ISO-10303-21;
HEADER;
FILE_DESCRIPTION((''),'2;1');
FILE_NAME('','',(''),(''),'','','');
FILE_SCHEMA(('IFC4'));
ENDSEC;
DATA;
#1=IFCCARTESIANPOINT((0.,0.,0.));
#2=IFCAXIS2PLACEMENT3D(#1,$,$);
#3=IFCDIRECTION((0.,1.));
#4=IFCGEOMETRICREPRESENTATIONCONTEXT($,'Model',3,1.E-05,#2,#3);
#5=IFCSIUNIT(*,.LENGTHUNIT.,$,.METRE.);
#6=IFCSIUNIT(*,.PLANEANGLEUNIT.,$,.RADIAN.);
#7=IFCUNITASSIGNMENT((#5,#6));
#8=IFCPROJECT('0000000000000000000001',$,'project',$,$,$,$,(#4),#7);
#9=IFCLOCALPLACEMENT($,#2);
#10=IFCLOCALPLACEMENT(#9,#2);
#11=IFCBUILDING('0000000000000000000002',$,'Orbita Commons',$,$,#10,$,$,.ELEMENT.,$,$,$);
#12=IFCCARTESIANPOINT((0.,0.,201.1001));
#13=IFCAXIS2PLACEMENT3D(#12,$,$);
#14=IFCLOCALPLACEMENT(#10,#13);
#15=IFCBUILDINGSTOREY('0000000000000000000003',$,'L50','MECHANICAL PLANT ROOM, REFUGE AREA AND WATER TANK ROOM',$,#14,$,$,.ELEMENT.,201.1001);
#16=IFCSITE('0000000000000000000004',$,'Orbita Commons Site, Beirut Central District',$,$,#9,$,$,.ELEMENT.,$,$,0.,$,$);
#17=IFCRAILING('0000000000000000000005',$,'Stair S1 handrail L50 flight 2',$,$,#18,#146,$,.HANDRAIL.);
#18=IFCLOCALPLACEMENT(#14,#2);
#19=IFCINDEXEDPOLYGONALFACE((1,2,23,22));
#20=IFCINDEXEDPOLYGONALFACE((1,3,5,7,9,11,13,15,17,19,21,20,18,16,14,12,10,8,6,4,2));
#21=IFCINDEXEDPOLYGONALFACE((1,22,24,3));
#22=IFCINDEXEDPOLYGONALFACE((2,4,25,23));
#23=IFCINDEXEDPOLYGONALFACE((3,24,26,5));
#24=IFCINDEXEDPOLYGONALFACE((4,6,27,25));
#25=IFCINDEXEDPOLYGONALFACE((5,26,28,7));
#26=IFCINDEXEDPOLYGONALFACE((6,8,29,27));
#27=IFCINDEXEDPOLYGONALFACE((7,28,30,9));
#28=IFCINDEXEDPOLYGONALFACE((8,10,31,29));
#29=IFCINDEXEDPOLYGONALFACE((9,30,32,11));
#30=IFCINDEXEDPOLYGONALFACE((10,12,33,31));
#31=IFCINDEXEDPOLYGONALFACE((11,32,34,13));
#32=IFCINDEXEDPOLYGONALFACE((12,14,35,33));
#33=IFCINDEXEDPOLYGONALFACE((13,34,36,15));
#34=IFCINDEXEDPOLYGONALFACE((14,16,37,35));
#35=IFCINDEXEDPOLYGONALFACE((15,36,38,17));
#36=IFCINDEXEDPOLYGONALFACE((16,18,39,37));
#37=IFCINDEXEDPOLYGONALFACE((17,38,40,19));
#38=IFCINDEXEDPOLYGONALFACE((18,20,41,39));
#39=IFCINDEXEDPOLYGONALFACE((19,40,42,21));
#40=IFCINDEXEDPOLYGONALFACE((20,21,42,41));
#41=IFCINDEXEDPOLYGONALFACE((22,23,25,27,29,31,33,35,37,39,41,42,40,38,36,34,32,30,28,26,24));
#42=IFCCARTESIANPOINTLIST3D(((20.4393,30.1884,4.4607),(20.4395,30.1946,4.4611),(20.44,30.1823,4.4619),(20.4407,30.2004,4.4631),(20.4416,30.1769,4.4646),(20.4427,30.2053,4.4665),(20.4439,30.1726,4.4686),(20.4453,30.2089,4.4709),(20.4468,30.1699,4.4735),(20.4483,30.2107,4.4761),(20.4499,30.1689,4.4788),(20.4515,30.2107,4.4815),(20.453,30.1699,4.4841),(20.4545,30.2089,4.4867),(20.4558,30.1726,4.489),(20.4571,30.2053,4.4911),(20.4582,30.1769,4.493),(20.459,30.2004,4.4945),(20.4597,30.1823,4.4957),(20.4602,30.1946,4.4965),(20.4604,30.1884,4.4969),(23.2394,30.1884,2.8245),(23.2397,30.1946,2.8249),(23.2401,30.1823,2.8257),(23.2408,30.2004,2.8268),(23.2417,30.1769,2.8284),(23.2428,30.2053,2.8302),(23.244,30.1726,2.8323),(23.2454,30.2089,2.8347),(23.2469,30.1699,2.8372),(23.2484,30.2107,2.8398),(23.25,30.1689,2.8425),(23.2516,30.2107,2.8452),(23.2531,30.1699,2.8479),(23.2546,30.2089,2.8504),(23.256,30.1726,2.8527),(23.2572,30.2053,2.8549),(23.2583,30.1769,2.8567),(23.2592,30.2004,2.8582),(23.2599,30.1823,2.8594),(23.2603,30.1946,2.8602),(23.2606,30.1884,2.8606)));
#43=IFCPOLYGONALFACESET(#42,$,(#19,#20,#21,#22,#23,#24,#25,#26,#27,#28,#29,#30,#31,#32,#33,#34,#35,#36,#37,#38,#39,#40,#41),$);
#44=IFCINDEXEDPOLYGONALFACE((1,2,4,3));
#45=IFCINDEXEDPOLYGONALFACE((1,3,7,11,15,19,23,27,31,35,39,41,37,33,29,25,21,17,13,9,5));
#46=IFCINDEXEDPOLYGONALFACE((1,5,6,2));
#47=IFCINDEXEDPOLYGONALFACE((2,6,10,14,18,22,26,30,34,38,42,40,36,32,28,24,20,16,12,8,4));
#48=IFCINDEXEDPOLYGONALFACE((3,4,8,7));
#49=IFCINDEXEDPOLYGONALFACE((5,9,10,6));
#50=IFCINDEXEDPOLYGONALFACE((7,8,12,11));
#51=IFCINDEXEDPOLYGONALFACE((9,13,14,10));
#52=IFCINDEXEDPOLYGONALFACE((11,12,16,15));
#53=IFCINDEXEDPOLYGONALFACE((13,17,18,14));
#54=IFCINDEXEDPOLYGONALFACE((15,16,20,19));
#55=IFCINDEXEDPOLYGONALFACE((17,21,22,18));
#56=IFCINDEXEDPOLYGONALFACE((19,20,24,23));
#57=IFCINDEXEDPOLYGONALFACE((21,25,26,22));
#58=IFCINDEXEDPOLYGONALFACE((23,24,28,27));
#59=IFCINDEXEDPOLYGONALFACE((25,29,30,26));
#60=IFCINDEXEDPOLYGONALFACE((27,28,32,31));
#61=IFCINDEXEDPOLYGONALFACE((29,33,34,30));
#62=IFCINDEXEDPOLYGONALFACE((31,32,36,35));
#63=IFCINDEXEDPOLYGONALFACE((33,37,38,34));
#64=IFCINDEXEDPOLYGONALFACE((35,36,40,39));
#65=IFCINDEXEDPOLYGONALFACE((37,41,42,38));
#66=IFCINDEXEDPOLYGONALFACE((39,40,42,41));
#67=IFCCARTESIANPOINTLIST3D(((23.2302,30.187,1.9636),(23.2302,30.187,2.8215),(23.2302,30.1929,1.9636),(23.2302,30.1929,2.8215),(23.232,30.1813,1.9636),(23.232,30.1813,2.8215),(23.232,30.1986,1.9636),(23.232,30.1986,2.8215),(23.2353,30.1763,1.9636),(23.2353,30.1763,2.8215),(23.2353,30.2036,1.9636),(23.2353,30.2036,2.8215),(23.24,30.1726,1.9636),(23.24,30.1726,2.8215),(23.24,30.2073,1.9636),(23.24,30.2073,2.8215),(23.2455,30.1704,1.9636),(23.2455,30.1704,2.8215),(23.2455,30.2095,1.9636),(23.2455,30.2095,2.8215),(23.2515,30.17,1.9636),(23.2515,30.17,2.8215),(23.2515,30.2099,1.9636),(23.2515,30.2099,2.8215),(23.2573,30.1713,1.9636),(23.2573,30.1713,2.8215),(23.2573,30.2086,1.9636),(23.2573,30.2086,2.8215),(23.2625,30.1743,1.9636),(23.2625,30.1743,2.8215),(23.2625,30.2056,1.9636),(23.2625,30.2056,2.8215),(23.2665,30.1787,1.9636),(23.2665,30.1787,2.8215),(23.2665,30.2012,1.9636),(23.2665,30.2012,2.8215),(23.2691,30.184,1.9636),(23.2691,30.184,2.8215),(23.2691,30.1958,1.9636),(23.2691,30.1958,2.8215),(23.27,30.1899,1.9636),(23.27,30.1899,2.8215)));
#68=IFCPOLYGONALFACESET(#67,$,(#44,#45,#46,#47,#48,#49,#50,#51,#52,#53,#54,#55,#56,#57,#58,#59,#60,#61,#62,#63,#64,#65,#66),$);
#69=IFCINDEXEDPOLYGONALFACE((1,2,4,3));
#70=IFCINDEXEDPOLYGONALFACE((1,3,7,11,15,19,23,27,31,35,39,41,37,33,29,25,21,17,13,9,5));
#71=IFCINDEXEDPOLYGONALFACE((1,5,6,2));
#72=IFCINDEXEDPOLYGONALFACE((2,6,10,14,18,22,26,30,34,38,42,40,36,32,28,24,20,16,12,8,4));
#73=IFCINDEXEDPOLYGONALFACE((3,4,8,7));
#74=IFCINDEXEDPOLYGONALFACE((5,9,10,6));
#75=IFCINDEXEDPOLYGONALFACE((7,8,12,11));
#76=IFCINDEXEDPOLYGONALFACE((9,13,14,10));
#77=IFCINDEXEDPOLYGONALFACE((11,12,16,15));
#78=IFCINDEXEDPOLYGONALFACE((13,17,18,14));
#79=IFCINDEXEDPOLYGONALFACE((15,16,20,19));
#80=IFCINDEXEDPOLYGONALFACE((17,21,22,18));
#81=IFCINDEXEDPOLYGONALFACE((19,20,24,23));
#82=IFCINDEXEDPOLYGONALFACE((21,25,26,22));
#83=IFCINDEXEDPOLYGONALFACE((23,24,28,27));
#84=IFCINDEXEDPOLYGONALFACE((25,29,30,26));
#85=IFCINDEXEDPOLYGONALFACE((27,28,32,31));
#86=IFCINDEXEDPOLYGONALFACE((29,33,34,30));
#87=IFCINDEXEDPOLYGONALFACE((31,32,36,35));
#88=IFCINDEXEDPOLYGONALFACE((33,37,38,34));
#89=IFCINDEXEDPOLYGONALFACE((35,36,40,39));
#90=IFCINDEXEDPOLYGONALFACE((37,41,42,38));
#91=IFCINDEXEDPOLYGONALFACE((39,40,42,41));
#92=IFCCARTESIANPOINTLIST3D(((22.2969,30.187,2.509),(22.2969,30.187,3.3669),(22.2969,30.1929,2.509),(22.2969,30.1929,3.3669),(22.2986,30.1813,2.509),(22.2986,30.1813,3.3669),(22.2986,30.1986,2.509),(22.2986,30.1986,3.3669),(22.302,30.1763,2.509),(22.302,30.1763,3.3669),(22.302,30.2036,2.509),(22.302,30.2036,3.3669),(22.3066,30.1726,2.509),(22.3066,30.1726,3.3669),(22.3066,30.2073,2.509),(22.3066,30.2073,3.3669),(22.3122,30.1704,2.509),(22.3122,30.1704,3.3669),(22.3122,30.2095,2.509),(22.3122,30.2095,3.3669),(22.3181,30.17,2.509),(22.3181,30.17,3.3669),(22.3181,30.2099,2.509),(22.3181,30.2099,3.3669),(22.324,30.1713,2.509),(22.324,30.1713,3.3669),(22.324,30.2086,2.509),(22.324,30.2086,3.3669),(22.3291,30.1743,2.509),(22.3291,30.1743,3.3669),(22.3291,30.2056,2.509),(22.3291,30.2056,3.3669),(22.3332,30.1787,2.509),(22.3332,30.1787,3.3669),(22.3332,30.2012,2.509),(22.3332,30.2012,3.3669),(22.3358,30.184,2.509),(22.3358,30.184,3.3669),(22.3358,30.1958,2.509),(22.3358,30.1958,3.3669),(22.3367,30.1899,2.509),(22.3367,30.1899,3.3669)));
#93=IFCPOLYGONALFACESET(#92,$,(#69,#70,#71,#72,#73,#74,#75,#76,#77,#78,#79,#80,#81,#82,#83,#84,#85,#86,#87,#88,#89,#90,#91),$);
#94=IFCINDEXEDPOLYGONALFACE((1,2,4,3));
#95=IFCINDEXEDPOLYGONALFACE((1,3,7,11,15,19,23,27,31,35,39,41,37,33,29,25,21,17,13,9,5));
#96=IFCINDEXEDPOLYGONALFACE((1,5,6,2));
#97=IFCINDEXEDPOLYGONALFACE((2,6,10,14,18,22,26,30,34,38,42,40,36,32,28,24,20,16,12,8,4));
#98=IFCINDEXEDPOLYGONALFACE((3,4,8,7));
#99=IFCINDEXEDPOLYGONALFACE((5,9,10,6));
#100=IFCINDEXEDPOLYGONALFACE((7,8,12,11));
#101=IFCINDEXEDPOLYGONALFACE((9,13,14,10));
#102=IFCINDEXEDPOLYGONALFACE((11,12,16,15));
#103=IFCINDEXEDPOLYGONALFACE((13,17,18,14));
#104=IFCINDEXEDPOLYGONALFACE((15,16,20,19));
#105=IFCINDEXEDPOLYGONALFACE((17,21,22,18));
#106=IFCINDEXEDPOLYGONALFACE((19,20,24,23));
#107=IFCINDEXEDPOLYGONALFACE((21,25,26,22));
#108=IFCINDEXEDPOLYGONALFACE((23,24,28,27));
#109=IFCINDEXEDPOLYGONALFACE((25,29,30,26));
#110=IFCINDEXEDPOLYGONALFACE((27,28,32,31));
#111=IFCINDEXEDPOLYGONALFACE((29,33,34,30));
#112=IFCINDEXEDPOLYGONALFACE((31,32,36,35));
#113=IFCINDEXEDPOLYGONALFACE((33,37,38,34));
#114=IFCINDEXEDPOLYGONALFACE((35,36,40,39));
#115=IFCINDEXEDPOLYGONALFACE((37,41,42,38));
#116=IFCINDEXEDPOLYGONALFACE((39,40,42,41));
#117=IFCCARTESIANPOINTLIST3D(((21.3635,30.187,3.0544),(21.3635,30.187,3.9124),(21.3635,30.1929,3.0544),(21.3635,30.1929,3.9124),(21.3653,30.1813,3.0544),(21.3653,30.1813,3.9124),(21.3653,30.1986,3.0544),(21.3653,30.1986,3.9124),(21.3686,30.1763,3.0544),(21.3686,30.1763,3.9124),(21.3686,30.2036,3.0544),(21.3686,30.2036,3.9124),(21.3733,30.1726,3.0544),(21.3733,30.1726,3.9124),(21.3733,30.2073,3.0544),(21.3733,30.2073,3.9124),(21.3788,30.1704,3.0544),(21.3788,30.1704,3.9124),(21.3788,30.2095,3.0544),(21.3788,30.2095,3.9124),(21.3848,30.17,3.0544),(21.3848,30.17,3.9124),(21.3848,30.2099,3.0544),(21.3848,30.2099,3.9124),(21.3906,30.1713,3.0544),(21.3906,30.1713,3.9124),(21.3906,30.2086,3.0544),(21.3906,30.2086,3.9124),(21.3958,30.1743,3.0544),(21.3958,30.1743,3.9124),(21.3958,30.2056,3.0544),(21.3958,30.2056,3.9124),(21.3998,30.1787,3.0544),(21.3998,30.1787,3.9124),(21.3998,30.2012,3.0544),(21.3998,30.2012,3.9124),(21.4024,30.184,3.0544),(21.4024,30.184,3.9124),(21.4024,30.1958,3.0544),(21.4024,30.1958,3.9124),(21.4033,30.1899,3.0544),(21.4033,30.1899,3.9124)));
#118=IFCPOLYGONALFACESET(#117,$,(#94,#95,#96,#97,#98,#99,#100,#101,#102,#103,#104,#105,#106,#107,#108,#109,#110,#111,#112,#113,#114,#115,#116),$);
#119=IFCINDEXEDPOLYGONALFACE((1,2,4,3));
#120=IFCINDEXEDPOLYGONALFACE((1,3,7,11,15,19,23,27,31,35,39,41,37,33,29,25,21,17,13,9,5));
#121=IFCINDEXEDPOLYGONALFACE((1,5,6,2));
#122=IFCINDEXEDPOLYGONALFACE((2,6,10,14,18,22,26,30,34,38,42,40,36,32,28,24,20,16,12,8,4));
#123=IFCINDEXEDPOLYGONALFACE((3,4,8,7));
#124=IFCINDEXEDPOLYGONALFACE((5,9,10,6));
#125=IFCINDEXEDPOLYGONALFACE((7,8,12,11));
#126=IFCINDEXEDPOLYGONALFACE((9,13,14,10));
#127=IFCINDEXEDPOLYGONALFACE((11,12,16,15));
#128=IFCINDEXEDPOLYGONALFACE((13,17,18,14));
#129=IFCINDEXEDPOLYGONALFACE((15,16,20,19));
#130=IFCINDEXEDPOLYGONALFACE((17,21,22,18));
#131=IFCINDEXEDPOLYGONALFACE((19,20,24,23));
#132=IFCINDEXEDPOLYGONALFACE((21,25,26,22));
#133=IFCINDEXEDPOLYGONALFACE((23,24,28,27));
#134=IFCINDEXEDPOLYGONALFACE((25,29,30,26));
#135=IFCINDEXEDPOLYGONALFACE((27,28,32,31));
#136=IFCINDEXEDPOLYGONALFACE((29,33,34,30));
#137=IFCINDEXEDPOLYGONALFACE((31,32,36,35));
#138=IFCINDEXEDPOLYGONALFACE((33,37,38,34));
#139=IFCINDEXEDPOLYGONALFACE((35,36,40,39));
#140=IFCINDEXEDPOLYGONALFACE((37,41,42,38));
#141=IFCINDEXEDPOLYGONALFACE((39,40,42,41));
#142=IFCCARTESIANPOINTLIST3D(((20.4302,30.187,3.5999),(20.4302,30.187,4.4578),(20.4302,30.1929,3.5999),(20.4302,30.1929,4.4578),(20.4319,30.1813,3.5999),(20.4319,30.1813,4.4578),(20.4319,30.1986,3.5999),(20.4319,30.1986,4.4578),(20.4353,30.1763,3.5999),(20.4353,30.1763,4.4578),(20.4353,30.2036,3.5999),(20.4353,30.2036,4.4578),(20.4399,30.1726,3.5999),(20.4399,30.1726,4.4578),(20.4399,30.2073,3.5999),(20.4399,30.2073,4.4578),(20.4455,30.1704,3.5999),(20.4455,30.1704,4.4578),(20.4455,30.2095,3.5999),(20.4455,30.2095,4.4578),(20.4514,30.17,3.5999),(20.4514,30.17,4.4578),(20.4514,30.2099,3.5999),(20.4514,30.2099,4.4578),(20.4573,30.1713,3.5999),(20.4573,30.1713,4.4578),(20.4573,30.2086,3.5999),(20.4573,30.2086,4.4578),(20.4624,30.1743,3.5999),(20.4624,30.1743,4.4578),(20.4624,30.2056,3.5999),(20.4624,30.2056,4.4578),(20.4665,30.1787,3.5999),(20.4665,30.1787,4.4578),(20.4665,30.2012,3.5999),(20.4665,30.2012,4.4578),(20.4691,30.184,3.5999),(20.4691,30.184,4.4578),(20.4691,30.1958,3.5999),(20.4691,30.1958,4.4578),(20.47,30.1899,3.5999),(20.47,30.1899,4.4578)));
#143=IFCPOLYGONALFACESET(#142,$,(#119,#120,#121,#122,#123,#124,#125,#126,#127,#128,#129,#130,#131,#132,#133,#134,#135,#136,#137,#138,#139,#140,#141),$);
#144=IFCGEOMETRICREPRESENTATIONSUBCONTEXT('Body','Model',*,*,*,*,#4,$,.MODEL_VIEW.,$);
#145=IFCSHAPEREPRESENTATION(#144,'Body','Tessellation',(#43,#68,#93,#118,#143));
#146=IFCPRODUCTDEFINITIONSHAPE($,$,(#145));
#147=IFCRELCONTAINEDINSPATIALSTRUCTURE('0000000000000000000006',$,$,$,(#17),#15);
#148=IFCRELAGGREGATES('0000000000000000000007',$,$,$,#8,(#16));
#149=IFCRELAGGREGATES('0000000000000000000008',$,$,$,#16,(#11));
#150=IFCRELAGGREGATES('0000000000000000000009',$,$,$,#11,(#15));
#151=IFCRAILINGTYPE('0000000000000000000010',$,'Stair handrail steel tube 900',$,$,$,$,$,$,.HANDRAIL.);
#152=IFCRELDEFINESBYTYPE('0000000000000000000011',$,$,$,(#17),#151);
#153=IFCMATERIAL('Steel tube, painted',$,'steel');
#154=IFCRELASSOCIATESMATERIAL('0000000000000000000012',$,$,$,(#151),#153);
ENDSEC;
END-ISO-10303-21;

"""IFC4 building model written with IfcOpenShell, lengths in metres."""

from ifc_helpers import new_model, si_unit, direction, frame, origin, origin_2d, place, context, subcontext, project, spatial, circle, extrude, material, type_object, element, save


model = new_model("IFC4")

# Units and contexts
model_context = context("Model", 3, precision=1e-05, world=origin(), true_north=direction((0.0, 1.0)))
body_context = subcontext(model_context, "Body", "Model", "MODEL_VIEW")
ifc_project = project(units=[si_unit("LENGTHUNIT", "METRE"), si_unit("PLANEANGLEUNIT", "RADIAN")], contexts=[model_context])

# Site, building, storey
site_placement = place(None, origin())
site = spatial("IfcSite", under=ifc_project, at=site_placement, Name="Orbita Commons Site, Beirut Central District", CompositionType="ELEMENT", RefElevation=0.0)
building_placement = place(site_placement, origin())
building = spatial("IfcBuilding", under=site, at=building_placement, Name="Orbita Commons", CompositionType="ELEMENT")
storey_placement = place(building_placement, frame((0.0, 0.0, 201.1001)))
storey = spatial("IfcBuildingStorey", under=building, at=storey_placement, Name="L50", Description="MECHANICAL PLANT ROOM, REFUGE AREA AND WATER TANK ROOM", CompositionType="ELEMENT", Elevation=201.1001)

# Railing
ifc_material = material(Name="Steel tube, painted", Category="steel")
railing_type = type_object("IfcRailingType", Name="Stair handrail steel tube 900", PredefinedType="HANDRAIL", material=ifc_material)
for number, where, name in (
    (1, (23.25, 30.1899, 1.9636), "Stair S1 handrail L50 flight 2"),
):
    element("IfcRailing", number, at=place(storey_placement, frame(where)), inside=storey, type_object=railing_type, Name=name, PredefinedType="HANDRAIL", context=body_context, shape_type="SweptSolid", body=[
        extrude(circle(Radius=0.021, at=origin_2d()), frame((0.0, 0.0, 0.8789), z_axis=(-0.863394, 0.0, 0.504531), x_axis=(0.0, -1.0, 0.0)), (0.0, 0.0, 1.0), 3.2432),
        extrude(circle(Radius=0.02, at=origin_2d()), origin(), (0.0, 0.0, 1.0), 0.8579),
        extrude(circle(Radius=0.02, at=origin_2d()), frame((-0.9333, 0.0, 0.5454)), (0.0, 0.0, 1.0), 0.8579),
        extrude(circle(Radius=0.02, at=origin_2d()), frame((-1.8667, 0.0, 1.0908)), (0.0, 0.0, 1.0), 0.8579),
        extrude(circle(Radius=0.02, at=origin_2d()), frame((-2.8, 0.0, 1.6362)), (0.0, 0.0, 1.0), 0.8579),
    ])

save(model, "model.ifc")
